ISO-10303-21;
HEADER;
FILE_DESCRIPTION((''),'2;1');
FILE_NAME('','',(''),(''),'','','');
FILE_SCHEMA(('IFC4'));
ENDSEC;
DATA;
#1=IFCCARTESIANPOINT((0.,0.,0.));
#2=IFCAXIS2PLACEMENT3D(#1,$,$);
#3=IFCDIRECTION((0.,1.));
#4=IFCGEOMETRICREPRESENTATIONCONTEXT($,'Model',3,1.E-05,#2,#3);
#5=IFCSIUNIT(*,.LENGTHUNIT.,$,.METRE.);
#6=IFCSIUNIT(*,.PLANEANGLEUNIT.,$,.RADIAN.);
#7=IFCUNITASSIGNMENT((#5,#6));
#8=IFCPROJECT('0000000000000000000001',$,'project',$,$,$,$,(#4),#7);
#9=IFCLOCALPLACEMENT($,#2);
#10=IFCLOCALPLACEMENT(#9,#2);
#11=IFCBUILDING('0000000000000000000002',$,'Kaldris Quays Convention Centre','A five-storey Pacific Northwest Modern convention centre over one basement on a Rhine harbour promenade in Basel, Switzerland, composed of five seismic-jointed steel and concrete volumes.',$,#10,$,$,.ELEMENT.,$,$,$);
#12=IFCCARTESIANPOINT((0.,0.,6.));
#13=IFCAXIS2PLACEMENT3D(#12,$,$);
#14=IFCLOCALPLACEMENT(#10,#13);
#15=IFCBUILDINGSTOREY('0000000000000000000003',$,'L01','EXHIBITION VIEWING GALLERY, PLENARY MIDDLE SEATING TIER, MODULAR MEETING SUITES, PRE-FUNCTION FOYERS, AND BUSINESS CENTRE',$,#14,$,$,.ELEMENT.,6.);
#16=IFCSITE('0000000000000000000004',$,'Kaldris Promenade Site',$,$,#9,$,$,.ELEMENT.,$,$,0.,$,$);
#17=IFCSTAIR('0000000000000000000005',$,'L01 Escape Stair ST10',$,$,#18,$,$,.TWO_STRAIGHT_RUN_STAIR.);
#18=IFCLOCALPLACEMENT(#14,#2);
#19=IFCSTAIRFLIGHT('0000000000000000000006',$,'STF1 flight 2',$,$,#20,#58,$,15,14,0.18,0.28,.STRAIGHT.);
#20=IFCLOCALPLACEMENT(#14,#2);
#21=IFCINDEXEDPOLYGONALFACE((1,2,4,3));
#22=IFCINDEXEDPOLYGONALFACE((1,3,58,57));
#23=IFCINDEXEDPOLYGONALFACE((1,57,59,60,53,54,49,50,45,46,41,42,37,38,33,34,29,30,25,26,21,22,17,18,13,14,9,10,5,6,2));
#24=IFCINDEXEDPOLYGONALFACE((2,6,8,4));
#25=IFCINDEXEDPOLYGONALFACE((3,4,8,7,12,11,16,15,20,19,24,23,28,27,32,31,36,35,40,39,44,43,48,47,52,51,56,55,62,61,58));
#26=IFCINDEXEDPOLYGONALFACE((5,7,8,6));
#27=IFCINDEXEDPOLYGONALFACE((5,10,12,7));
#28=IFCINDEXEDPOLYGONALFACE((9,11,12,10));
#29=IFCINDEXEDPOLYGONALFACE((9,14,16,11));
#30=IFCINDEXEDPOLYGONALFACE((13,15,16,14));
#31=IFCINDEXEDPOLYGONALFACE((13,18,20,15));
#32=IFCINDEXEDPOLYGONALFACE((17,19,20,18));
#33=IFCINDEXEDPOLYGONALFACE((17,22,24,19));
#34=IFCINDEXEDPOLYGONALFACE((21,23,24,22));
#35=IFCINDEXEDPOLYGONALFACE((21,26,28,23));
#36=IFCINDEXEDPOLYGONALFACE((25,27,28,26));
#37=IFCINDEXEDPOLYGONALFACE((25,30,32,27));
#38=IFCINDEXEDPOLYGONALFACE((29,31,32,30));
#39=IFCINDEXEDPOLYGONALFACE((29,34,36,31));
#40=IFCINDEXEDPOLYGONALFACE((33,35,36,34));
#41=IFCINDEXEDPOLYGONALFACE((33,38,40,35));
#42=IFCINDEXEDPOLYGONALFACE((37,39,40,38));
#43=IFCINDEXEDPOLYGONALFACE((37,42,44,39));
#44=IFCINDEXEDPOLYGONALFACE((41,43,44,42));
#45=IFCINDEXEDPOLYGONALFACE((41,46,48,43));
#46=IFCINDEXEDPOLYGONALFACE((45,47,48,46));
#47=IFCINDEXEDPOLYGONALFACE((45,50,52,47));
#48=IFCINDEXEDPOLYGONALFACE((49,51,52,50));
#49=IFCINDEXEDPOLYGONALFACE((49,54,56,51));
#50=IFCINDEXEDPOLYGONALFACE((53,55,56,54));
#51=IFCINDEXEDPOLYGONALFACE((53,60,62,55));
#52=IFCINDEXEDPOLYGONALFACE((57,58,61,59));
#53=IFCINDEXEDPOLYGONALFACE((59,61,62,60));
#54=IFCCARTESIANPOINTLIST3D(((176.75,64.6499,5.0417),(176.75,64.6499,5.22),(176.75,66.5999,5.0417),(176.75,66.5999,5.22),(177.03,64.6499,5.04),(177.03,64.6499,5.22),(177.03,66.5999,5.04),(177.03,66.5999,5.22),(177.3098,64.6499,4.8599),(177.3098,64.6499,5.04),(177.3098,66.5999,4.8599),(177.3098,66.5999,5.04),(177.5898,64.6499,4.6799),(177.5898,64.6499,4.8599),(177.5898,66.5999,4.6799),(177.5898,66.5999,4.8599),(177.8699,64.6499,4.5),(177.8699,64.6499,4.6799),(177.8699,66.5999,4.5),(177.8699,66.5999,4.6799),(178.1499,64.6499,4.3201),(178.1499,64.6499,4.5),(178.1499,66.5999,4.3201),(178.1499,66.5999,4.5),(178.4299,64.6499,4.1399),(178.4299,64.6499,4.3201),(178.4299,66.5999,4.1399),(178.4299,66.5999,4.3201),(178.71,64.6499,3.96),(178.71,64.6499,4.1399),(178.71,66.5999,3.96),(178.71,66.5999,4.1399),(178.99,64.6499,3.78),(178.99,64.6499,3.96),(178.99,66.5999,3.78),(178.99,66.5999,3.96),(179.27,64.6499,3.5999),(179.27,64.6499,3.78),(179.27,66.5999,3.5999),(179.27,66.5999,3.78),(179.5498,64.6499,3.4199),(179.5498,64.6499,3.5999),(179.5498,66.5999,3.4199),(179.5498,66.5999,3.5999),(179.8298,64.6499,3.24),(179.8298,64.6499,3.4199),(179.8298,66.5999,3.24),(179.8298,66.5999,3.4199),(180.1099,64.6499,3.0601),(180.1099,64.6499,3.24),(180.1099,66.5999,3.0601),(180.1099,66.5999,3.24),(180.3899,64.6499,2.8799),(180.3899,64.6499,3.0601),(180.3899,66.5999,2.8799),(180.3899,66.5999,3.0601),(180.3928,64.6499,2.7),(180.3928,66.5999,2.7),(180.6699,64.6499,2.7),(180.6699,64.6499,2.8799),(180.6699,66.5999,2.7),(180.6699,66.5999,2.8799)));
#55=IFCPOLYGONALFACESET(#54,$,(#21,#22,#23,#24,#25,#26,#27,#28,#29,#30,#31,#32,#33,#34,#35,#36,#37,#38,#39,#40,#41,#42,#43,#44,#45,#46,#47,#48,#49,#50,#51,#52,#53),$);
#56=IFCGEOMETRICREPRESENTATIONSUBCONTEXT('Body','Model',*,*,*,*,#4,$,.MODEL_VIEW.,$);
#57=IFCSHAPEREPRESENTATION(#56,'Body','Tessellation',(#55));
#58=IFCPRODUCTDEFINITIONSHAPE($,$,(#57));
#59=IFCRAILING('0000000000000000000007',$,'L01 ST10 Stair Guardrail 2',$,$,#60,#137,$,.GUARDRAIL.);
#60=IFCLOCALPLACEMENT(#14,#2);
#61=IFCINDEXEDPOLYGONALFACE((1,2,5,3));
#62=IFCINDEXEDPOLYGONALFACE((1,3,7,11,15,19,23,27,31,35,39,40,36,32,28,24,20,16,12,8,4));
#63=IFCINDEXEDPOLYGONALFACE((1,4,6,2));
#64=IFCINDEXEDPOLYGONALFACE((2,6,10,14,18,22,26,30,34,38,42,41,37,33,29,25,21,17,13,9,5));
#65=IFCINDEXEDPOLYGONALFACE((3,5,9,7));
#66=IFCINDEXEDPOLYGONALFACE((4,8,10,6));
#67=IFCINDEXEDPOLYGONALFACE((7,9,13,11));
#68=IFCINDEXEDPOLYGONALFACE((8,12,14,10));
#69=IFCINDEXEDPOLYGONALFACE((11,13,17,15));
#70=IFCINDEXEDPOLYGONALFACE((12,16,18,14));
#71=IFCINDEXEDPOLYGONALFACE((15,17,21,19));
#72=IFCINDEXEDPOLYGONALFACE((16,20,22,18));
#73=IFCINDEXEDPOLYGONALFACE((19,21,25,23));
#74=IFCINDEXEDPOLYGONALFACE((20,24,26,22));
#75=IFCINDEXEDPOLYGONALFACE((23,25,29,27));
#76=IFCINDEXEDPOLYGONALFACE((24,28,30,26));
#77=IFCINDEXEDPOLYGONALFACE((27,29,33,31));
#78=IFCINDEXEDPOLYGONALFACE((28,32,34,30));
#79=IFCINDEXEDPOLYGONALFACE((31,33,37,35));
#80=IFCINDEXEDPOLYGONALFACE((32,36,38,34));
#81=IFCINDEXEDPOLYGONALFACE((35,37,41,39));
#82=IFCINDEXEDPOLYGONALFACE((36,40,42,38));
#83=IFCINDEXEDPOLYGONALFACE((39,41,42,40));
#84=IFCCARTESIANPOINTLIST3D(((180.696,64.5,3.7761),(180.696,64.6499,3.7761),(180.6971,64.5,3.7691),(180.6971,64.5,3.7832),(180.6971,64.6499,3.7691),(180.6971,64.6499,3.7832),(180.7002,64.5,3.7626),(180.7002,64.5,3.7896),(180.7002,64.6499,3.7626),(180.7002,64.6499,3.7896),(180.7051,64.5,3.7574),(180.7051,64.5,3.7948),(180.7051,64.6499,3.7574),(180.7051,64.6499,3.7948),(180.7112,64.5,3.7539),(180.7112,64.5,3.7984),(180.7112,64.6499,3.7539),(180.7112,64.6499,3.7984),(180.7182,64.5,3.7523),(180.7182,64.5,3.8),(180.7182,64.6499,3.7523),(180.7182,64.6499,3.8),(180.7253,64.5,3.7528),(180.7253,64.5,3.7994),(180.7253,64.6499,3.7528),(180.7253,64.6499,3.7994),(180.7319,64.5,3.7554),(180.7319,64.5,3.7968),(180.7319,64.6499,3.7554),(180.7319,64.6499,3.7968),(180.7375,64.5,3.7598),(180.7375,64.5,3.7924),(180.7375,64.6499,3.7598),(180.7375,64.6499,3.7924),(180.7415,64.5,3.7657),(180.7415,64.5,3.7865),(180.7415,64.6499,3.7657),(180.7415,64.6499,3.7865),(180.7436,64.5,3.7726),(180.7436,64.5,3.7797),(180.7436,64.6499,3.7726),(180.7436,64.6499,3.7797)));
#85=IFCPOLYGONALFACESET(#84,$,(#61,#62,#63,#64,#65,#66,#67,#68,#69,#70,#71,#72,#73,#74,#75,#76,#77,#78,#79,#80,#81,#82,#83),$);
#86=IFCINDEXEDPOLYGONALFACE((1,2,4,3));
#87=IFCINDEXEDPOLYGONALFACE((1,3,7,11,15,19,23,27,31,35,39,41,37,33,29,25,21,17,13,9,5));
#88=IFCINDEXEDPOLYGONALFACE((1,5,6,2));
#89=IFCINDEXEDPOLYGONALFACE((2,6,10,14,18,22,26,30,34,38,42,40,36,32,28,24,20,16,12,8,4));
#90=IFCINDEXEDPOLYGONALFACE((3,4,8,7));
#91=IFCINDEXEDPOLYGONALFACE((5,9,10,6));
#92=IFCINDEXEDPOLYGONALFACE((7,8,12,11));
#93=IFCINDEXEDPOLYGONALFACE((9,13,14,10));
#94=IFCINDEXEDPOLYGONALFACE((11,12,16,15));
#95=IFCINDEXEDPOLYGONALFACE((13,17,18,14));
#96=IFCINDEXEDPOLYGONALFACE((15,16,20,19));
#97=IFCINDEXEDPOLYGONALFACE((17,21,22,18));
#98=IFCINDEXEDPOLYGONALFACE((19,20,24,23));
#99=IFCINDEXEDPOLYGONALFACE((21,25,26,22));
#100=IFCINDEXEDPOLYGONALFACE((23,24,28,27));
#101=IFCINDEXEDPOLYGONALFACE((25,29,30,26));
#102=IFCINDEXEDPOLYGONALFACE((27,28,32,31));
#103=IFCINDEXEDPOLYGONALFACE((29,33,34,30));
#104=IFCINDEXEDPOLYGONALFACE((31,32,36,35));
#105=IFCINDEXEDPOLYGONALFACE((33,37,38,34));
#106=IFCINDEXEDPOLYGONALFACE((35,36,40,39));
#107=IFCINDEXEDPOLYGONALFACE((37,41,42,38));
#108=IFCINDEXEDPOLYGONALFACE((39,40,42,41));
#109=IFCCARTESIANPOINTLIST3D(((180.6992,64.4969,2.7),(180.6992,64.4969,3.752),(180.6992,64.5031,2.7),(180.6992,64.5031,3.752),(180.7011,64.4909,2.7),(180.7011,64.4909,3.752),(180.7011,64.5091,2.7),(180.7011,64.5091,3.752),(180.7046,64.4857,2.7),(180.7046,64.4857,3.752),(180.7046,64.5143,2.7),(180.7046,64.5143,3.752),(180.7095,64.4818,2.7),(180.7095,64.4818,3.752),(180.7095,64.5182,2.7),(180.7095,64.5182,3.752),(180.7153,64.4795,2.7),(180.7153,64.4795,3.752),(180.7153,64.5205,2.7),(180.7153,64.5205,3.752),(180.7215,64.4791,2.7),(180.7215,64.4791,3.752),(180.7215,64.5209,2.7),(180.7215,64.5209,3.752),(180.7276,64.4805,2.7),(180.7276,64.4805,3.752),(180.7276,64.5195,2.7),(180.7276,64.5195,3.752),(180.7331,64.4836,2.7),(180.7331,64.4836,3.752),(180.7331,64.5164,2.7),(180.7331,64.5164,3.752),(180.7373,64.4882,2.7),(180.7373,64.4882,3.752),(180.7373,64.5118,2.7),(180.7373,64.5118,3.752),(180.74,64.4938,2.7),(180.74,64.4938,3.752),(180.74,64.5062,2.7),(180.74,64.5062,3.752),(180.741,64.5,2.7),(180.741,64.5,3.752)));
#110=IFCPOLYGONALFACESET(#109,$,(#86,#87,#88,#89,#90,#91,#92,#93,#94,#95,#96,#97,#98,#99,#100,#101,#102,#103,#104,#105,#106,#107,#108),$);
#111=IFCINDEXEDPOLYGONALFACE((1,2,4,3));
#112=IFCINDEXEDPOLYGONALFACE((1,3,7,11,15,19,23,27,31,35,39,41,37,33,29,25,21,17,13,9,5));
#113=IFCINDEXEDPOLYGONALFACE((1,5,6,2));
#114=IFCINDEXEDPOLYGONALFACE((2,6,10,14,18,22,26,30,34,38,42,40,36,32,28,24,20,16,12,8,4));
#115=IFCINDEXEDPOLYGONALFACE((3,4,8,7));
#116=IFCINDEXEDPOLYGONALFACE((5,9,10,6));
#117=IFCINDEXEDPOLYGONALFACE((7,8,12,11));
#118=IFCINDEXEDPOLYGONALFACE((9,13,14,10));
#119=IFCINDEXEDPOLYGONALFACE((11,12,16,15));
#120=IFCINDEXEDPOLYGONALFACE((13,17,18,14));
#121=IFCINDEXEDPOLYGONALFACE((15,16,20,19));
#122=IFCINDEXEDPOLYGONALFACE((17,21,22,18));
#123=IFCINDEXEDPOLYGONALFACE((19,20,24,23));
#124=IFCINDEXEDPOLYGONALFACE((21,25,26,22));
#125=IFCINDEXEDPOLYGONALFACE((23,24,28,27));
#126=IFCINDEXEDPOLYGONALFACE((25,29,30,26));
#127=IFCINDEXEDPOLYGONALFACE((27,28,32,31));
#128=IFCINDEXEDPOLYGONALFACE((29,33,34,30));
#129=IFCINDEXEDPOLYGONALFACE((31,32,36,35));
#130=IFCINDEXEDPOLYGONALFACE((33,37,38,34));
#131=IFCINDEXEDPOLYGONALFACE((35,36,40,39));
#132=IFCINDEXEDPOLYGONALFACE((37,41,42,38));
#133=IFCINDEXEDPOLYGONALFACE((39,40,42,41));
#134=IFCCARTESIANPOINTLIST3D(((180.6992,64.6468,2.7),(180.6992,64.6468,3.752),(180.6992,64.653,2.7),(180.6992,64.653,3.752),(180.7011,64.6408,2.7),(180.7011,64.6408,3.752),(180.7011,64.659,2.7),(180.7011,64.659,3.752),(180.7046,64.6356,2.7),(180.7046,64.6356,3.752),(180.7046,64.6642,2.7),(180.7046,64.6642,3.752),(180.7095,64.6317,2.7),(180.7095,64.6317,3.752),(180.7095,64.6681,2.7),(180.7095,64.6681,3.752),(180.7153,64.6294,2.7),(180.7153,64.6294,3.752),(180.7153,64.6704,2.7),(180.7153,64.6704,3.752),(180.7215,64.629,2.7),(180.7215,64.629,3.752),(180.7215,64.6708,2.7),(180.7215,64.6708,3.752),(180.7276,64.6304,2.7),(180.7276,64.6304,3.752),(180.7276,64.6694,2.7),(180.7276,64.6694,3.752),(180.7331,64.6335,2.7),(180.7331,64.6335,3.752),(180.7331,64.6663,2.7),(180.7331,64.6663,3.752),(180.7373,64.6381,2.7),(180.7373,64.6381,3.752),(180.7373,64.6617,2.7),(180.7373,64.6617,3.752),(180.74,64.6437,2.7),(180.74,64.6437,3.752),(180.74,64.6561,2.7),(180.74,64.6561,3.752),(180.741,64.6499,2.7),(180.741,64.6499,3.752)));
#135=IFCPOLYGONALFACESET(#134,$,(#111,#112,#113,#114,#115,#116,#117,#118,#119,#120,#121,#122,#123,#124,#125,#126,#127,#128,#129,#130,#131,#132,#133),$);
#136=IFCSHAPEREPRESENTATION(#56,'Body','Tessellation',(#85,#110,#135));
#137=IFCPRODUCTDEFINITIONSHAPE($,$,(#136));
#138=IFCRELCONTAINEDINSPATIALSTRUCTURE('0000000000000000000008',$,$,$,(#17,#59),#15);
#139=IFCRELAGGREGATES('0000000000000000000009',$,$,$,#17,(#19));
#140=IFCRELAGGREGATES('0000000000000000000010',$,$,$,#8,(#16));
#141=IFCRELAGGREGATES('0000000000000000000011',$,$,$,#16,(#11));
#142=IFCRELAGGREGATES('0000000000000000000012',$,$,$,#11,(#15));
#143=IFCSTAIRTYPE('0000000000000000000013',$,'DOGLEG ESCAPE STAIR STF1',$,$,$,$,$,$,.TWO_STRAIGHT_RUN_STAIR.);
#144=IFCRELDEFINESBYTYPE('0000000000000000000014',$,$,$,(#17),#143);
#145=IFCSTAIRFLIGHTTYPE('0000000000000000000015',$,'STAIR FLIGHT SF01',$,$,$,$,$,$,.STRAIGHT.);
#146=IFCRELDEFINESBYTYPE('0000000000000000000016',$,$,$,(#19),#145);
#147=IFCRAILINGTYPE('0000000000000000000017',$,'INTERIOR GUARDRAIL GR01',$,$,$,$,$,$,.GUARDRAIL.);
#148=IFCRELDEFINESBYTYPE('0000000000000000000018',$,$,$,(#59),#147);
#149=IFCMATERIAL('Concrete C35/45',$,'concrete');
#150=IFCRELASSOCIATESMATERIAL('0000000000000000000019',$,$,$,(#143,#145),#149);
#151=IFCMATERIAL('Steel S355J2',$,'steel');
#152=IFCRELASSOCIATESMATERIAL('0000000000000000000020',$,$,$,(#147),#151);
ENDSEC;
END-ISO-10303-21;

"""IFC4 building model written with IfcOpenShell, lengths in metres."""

from ifc_helpers import new_model, si_unit, direction, frame, origin, origin_2d, place, context, subcontext, project, spatial, polyline, circle, outline, extrude, material, type_object, element, aggregate, save


model = new_model("IFC4")

# Units and contexts
model_context = context("Model", 3, precision=1e-05, world=origin(), true_north=direction((0.0, 1.0)))
body_context = subcontext(model_context, "Body", "Model", "MODEL_VIEW")
ifc_project = project(units=[si_unit("LENGTHUNIT", "METRE"), si_unit("PLANEANGLEUNIT", "RADIAN")], contexts=[model_context])

# Site, building, storey
site_placement = place(None, origin())
site = spatial("IfcSite", under=ifc_project, at=site_placement, Name="Kaldris Promenade Site", CompositionType="ELEMENT", RefElevation=0.0)
building_placement = place(site_placement, origin())
building = spatial("IfcBuilding", under=site, at=building_placement, Name="Kaldris Quays Convention Centre", Description="A five-storey Pacific Northwest Modern convention centre over one basement on a Rhine harbour promenade in Basel, Switzerland, composed of five seismic-jointed steel and concrete volumes.", CompositionType="ELEMENT")
storey_placement = place(building_placement, frame((0.0, 0.0, 6.0)))
storey = spatial("IfcBuildingStorey", under=building, at=storey_placement, Name="L01", Description="EXHIBITION VIEWING GALLERY, PLENARY MIDDLE SEATING TIER, MODULAR MEETING SUITES, PRE-FUNCTION FOYERS, AND BUSINESS CENTRE", CompositionType="ELEMENT", Elevation=6.0)

# Shared definitions
ifc_material_1 = material(Name="Steel S355J2", Category="steel")

# Stair, stair flight
ifc_material_2 = material(Name="Concrete C35/45", Category="concrete")
stair_type = type_object("IfcStairType", Name="DOGLEG ESCAPE STAIR STF1", PredefinedType="TWO_STRAIGHT_RUN_STAIR", material=ifc_material_2)
stair_placement = place(storey_placement, origin())
stair = element("IfcStair", 1, at=stair_placement, inside=storey, type_object=stair_type, Name="L01 Escape Stair ST10", PredefinedType="TWO_STRAIGHT_RUN_STAIR")
stair_flight_type = type_object("IfcStairFlightType", Name="STAIR FLIGHT SF01", PredefinedType="STRAIGHT", material=ifc_material_2)
stair_flight_placement = place(storey_placement, frame((180.6699, 65.625, 2.7), z_axis=(0.0, 0.0, 1.0), x_axis=(-1.0, 0.0, 0.0)))
stair_flight = element("IfcStairFlight", 2, at=stair_flight_placement, type_object=stair_flight_type, Name="STF1 flight 2", NumberOfRisers=15, NumberOfTreads=14, PredefinedType="STRAIGHT", RiserHeight=0.18, TreadLength=0.28, context=body_context, shape_type="SweptSolid", body=[
    extrude(outline(polyline([(0.0, 0.0), (0.0, 0.1799), (0.28, 0.1799), (0.28, 0.3601), (0.5601, 0.3601), (0.5601, 0.54), (0.8401, 0.54), (0.8401, 0.72), (1.1201, 0.72), (1.1201, 0.8999), (1.3999, 0.8999), (1.3999, 1.0801), (1.6799, 1.0801), (1.6799, 1.26), (1.96, 1.26), (1.96, 1.4399), (2.24, 1.4399), (2.24, 1.6201), (2.52, 1.6201), (2.52, 1.8), (2.8, 1.8), (2.8, 1.98), (3.0801, 1.98), (3.0801, 2.1599), (3.3601, 2.1599), (3.3601, 2.3401), (3.6399, 2.3401), (3.6399, 2.52), (3.9199, 2.52), (3.9199, 2.7), (3.9199, 2.3418), (0.2771, 0.0), (0.0, 0.0)])), frame((0.0, 0.9751, 0.0), z_axis=(0.0, -1.0, 0.0), x_axis=(1.0, 0.0, 0.0)), (0.0, 0.0, 1.0), 1.95),
])
aggregate(stair, [stair_flight])

# Railing
railing_type_1 = type_object("IfcRailingType", Name="INTERIOR GUARDRAIL GR01", PredefinedType="GUARDRAIL", material=ifc_material_1)
railing_1_placement = place(storey_placement, frame((180.72, 64.5, 2.7)))
element("IfcRailing", 3, at=railing_1_placement, inside=storey, type_object=railing_type_1, Name="L01 ST10 Stair Guardrail 2", PredefinedType="GUARDRAIL", context=body_context, shape_type="SweptSolid", body=[
    extrude(circle(Radius=0.0239, at=origin_2d()), frame((0.0, 0.0, 1.0762), z_axis=(0.0, 1.0, 0.0), x_axis=(-1.0, 0.0, 0.0)), (0.0, 0.0, 1.0), 0.1499),
    extrude(circle(Radius=0.021, at=origin_2d()), origin(), (0.0, 0.0, 1.0), 1.052),
    extrude(circle(Radius=0.021, at=origin_2d()), frame((0.0, 0.1499, 0.0)), (0.0, 0.0, 1.0), 1.052),
])

save(model, "model.ifc")
